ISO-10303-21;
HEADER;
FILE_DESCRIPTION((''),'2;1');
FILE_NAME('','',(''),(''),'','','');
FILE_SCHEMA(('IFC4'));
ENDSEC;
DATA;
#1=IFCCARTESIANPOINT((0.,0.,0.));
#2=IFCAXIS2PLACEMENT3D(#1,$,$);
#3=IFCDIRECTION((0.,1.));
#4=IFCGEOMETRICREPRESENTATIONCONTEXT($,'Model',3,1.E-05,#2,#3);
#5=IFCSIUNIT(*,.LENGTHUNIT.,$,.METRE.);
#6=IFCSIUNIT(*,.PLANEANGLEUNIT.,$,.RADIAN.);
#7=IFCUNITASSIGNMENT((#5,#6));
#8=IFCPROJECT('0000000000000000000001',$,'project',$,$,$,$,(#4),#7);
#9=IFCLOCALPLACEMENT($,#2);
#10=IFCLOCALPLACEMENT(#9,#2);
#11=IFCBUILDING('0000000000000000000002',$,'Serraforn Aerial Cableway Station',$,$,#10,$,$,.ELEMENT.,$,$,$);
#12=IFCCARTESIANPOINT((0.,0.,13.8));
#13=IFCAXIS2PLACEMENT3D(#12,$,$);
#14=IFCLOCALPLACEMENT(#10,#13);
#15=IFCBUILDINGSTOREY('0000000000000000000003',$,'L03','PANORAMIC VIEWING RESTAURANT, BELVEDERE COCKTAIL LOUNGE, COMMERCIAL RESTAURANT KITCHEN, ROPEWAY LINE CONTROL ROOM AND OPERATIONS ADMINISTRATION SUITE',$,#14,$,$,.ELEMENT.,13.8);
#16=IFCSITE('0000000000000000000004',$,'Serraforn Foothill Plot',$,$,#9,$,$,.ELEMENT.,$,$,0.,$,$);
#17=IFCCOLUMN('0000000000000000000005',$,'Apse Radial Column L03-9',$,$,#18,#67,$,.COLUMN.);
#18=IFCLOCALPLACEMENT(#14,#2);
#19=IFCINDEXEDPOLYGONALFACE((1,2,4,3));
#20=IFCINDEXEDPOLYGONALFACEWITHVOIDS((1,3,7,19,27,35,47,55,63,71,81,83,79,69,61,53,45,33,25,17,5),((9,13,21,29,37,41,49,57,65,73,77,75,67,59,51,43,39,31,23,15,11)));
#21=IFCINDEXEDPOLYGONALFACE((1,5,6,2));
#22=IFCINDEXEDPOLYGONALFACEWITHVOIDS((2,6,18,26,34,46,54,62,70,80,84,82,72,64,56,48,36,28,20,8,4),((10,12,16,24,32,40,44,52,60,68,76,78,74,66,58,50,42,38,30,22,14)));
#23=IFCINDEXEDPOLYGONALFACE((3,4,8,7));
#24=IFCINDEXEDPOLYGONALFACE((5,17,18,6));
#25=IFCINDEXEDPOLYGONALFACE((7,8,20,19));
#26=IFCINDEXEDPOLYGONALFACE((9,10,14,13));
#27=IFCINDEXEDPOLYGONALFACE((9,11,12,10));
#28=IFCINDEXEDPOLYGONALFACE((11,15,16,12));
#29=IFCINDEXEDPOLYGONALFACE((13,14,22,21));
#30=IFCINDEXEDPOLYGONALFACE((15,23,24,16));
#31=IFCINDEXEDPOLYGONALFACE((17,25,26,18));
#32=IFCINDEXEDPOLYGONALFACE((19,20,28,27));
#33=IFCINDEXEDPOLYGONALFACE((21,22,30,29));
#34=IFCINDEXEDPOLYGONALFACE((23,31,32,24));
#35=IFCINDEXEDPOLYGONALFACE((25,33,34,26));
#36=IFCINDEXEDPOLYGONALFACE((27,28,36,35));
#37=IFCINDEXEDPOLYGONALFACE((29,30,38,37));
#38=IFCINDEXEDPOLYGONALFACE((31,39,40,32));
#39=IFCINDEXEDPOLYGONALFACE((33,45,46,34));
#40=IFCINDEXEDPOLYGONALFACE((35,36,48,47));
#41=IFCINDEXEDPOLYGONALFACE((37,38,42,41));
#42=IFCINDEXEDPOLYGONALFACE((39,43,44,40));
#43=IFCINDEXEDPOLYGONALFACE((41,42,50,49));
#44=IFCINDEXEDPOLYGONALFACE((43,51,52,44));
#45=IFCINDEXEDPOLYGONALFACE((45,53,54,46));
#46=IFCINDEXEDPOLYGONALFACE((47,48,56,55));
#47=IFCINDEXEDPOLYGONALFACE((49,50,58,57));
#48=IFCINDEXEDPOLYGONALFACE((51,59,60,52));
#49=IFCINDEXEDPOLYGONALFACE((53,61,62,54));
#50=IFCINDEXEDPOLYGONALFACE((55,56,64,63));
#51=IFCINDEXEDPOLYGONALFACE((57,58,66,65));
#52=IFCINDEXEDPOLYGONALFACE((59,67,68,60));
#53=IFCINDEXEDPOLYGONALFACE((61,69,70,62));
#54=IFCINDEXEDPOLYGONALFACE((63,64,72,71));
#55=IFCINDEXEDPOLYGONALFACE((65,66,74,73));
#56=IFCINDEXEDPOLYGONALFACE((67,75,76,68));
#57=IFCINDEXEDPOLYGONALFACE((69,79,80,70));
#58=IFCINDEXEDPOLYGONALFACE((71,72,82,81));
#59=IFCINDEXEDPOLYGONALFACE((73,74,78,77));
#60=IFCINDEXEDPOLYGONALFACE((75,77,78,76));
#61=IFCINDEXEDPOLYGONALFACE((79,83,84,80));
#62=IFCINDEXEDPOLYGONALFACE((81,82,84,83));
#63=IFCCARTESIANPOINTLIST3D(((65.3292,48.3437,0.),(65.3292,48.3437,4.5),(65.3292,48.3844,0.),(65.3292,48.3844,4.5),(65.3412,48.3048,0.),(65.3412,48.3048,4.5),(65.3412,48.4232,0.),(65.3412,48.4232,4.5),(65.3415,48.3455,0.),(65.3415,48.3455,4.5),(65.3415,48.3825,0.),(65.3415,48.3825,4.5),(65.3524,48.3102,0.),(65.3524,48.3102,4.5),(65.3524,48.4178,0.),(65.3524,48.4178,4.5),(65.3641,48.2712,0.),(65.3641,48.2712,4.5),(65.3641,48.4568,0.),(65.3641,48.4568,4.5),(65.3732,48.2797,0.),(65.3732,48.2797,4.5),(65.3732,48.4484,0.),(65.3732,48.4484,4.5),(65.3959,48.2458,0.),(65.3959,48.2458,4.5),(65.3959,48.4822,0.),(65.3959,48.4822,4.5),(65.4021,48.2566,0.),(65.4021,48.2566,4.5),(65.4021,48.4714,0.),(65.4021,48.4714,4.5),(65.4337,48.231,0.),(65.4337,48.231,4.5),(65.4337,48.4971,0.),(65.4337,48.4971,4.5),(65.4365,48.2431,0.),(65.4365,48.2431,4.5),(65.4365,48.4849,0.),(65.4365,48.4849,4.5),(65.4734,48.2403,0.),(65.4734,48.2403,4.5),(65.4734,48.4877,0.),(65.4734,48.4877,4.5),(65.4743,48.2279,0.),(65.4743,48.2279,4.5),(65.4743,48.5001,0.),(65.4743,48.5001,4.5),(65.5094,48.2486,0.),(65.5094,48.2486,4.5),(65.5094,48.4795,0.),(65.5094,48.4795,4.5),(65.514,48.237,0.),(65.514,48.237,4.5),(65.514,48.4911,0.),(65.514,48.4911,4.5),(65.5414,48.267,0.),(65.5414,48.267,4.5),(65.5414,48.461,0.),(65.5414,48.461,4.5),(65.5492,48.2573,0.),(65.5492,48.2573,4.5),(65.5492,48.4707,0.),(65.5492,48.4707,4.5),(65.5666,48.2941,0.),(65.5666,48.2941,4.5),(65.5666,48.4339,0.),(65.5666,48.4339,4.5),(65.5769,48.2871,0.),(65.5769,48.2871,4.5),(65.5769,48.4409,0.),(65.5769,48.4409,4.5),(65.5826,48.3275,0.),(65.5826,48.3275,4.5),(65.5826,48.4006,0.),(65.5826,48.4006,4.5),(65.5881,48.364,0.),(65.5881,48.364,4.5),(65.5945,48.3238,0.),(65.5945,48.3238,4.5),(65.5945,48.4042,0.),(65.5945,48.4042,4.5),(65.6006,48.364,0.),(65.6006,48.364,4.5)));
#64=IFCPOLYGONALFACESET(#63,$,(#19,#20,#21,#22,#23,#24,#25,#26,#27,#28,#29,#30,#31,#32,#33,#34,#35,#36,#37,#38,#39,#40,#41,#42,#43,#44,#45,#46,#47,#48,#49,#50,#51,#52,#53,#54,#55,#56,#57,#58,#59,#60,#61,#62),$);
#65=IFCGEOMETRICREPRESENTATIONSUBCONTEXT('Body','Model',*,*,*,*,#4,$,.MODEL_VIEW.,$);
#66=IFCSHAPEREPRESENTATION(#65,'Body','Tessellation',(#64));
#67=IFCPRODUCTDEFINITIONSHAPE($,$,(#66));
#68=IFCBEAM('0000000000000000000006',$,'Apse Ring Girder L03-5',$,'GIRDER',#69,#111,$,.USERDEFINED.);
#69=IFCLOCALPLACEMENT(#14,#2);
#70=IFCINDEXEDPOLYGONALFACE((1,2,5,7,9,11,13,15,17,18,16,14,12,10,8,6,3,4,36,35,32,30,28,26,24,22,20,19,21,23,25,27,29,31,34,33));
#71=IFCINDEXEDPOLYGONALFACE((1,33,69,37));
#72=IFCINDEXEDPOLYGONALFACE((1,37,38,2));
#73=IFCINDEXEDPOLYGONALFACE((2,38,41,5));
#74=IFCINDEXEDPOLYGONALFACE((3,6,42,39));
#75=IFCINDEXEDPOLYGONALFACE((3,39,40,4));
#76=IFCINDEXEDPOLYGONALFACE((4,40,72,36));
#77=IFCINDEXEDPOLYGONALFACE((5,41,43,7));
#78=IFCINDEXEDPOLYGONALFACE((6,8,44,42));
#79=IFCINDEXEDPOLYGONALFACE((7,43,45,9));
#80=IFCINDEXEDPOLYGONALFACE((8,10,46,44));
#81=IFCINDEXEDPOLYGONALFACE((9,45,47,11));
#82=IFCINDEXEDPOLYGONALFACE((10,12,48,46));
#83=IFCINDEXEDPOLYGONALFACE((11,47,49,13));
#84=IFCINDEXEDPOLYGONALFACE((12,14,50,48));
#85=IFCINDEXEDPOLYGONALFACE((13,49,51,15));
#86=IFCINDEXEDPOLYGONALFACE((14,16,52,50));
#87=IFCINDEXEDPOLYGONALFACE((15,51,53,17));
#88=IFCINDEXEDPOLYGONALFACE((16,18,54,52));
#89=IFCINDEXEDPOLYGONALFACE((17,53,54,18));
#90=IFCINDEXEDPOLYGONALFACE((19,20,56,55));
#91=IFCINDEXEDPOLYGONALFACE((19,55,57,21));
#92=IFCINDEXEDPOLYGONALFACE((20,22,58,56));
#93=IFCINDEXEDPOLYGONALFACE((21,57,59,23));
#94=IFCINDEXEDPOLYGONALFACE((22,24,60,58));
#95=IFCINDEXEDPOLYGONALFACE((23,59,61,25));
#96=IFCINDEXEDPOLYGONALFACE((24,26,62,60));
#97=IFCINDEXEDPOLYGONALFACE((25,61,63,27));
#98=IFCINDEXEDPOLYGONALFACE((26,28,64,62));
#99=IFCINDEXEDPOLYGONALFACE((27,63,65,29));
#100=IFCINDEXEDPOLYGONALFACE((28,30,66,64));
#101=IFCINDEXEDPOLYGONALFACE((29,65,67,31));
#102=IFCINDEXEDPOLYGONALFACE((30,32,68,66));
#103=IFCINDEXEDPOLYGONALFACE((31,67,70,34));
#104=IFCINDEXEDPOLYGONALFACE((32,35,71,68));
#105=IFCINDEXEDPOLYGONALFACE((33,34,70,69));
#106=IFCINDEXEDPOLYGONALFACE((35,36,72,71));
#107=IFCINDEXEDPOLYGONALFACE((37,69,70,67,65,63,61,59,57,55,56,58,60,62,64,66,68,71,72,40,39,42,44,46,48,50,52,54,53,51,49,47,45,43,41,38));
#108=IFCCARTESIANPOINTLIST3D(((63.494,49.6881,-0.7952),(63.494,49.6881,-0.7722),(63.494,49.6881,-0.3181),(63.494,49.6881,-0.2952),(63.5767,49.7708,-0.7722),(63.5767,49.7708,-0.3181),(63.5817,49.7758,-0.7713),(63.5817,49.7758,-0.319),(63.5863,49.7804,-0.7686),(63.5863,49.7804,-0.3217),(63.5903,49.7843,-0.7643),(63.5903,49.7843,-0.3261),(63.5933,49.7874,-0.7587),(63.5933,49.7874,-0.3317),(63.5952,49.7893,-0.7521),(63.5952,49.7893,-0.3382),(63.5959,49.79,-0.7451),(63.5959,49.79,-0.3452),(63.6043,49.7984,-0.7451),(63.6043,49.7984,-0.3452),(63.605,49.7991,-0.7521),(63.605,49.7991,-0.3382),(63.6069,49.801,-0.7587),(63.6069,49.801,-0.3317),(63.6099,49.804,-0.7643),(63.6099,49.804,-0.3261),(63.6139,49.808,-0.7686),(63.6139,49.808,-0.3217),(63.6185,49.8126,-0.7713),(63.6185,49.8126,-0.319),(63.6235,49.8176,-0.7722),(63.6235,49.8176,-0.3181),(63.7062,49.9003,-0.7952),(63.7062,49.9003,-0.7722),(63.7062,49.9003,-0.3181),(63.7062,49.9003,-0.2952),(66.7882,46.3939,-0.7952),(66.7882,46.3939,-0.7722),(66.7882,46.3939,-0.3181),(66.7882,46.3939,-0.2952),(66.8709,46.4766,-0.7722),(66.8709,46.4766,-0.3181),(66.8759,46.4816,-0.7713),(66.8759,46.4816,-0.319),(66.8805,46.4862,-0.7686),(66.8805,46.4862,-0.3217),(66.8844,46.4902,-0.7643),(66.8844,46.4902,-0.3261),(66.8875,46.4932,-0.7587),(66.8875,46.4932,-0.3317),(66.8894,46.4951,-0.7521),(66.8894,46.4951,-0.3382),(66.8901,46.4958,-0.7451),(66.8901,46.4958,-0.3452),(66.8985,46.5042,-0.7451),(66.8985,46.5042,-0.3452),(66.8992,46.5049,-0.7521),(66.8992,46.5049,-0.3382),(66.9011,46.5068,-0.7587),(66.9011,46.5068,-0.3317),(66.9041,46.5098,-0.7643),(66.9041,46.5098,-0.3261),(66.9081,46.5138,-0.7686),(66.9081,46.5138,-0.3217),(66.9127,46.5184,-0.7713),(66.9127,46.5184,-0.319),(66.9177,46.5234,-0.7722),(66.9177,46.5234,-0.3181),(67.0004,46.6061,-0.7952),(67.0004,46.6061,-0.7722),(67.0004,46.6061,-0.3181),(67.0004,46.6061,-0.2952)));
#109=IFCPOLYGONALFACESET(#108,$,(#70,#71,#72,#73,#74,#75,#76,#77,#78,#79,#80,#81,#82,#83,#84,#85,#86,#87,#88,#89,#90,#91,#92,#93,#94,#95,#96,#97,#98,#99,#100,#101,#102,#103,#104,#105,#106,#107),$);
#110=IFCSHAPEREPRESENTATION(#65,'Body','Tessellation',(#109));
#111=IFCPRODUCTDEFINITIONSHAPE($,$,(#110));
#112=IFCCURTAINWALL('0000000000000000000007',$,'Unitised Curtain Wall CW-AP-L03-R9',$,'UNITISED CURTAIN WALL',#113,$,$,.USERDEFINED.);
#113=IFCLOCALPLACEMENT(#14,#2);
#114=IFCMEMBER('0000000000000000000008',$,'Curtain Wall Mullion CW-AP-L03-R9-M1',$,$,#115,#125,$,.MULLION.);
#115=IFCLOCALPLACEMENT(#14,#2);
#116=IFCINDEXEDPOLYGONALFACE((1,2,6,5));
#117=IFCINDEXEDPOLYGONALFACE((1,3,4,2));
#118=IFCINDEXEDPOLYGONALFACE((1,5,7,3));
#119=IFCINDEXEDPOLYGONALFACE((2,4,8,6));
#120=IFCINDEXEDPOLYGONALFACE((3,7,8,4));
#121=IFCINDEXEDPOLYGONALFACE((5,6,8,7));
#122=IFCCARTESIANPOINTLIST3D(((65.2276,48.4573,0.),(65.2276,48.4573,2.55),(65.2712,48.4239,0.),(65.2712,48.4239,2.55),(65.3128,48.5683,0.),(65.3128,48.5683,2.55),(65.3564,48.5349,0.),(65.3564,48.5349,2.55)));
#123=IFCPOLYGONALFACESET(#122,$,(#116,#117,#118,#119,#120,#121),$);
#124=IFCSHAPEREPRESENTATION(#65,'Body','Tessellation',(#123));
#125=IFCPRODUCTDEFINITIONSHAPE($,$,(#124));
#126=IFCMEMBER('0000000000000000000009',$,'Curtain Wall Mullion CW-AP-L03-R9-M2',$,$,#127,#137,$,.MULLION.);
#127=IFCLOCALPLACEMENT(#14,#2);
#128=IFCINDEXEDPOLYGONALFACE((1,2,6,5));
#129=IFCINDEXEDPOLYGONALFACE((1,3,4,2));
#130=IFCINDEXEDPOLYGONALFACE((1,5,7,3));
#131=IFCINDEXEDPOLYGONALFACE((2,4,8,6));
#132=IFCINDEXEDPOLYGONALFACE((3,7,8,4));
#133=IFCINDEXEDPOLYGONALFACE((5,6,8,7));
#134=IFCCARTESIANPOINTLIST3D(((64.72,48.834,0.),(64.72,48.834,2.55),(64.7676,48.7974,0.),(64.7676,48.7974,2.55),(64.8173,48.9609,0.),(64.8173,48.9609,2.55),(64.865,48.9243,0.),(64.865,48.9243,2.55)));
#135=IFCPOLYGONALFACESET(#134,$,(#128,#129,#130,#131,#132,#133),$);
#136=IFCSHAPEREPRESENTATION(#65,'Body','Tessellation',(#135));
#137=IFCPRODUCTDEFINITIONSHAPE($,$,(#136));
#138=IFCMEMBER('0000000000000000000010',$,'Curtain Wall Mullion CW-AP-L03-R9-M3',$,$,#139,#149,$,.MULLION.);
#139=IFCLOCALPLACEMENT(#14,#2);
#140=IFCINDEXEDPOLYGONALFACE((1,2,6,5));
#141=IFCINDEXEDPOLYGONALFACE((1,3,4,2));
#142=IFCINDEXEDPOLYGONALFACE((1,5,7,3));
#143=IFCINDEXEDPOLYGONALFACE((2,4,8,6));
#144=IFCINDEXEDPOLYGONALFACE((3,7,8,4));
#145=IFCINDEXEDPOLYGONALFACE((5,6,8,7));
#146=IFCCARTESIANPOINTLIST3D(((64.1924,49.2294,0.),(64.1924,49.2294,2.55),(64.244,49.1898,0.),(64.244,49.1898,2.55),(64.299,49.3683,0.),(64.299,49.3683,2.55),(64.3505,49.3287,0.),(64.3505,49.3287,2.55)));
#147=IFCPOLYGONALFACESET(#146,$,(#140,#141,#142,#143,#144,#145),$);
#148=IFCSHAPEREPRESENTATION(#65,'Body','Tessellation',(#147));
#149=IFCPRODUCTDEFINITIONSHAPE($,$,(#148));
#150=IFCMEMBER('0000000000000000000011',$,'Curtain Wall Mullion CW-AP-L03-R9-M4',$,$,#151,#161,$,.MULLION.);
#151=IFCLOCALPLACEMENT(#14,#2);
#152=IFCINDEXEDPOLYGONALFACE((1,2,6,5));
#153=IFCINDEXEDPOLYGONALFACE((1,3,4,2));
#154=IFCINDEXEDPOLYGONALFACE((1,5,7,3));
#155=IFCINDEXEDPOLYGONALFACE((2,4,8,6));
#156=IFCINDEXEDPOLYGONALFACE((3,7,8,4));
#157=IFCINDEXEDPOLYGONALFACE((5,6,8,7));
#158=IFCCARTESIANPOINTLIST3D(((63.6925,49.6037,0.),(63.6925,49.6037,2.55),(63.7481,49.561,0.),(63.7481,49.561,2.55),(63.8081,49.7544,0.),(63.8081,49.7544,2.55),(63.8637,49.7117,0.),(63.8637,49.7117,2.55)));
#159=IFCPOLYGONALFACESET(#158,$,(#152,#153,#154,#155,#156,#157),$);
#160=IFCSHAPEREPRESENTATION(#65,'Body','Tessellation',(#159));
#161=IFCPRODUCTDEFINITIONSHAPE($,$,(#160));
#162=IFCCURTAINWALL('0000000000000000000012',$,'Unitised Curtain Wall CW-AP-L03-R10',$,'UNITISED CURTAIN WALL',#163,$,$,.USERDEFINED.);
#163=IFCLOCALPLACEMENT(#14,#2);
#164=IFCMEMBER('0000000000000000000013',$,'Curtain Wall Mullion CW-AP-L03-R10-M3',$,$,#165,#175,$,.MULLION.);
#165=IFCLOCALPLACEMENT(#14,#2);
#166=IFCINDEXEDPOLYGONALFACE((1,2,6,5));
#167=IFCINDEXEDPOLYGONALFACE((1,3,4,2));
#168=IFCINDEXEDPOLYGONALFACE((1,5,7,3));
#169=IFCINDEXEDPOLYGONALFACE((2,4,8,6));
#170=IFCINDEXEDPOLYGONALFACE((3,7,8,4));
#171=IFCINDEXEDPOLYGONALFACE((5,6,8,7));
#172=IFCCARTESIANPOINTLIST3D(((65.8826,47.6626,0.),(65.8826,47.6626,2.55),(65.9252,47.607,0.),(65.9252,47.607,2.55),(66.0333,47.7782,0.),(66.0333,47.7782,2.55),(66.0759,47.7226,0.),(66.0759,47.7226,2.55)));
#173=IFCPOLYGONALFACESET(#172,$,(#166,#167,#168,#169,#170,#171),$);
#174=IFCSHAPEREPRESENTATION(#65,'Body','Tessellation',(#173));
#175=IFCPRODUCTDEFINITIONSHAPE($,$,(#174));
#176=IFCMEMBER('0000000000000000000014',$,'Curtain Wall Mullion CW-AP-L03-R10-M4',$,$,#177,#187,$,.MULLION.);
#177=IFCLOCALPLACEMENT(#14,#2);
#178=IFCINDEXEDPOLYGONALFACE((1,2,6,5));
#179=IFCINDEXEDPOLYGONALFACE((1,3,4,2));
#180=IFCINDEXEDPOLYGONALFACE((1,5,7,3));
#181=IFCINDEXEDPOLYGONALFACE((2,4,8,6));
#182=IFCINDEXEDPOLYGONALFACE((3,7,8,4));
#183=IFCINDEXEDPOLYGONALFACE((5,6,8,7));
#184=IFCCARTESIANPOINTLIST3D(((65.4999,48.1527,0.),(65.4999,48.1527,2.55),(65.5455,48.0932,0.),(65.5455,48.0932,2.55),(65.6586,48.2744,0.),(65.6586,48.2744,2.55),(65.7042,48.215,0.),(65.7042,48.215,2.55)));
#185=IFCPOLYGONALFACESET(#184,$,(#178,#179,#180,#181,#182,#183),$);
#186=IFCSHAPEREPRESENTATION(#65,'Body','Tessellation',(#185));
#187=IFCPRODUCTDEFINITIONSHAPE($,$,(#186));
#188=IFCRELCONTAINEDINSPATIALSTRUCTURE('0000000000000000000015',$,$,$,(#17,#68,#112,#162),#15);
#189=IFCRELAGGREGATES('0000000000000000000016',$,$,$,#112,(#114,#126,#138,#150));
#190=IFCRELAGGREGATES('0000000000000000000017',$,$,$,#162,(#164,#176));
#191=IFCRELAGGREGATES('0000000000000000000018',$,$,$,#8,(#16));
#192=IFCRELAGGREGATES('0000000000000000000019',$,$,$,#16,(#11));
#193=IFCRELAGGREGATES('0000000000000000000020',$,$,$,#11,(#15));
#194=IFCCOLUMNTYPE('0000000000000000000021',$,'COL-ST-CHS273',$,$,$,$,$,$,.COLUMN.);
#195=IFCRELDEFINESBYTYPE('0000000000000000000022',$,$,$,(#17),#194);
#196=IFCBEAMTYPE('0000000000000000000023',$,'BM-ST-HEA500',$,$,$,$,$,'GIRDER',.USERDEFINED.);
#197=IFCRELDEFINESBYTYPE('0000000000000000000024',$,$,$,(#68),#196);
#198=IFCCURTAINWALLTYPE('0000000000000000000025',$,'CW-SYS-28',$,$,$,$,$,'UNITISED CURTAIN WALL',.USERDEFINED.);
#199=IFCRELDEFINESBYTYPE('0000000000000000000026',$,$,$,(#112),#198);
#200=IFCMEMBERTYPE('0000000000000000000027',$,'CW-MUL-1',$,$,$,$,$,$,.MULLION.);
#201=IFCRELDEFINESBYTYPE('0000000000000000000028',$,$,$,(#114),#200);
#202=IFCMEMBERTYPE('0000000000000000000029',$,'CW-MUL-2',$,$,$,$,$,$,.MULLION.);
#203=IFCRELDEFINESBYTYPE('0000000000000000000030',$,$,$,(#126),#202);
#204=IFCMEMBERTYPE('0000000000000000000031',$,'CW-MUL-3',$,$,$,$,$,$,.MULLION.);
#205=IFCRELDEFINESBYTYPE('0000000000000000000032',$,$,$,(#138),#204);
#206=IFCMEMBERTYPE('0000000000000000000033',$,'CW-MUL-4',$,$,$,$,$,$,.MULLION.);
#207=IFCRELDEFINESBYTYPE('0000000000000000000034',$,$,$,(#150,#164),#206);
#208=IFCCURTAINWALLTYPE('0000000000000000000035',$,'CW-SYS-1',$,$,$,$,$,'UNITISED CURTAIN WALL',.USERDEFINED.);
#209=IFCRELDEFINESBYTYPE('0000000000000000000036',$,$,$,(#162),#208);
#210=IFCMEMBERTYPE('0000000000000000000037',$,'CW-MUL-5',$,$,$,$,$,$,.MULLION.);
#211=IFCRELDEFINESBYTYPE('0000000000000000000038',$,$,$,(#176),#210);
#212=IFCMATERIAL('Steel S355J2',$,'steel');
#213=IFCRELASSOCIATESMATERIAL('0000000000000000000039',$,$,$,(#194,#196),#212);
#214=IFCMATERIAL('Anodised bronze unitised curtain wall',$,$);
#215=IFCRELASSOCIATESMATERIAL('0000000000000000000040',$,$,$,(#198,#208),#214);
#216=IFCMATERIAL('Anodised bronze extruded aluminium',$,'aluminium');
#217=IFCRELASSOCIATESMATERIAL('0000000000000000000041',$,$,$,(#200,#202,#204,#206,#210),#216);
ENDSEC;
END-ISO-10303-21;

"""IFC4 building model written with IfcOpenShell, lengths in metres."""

from ifc_helpers import new_model, si_unit, direction, frame, origin, origin_2d, place, context, subcontext, project, spatial, rectangle, hollow_circle, i_section, extrude, material, material_profile, profile_set, type_object, element, aggregate, save


model = new_model("IFC4")

# Units and contexts
model_context = context("Model", 3, precision=1e-05, world=origin(), true_north=direction((0.0, 1.0)))
body_context = subcontext(model_context, "Body", "Model", "MODEL_VIEW")
ifc_project = project(units=[si_unit("LENGTHUNIT", "METRE"), si_unit("PLANEANGLEUNIT", "RADIAN")], contexts=[model_context])

# Site, building, storey
site_placement = place(None, origin())
site = spatial("IfcSite", under=ifc_project, at=site_placement, Name="Serraforn Foothill Plot", CompositionType="ELEMENT", RefElevation=0.0)
building_placement = place(site_placement, origin())
building = spatial("IfcBuilding", under=site, at=building_placement, Name="Serraforn Aerial Cableway Station", CompositionType="ELEMENT")
storey_placement = place(building_placement, frame((0.0, 0.0, 13.8)))
storey = spatial("IfcBuildingStorey", under=building, at=storey_placement, Name="L03", Description="PANORAMIC VIEWING RESTAURANT, BELVEDERE COCKTAIL LOUNGE, COMMERCIAL RESTAURANT KITCHEN, ROPEWAY LINE CONTROL ROOM AND OPERATIONS ADMINISTRATION SUITE", CompositionType="ELEMENT", Elevation=13.8)

# Column
ifc_material_1 = material(Name="Steel S355J2", Category="steel")
ifc_material_profile_1 = material_profile(ifc_material_1, hollow_circle(Radius=0.1365, WallThickness=0.0125, at=origin_2d()), Name="CHS 273.0x12.5")
ifc_profile_set_1 = profile_set([ifc_material_profile_1], Name="Steel S355J2")
column_type = type_object("IfcColumnType", Name="COL-ST-CHS273", PredefinedType="COLUMN", material=ifc_profile_set_1)
column_placement = place(storey_placement, frame((65.4641, 48.364, 0.0), z_axis=(0.0, 0.0, 1.0), x_axis=(1.0, 0.0, 0.0)))
element("IfcColumn", 1, at=column_placement, inside=storey, type_object=column_type, Name="Apse Radial Column L03-9", PredefinedType="COLUMN", context=body_context, shape_type="SweptSolid", body=[
    extrude(hollow_circle(Radius=0.1365, WallThickness=0.0125, at=origin_2d()), origin(), (0.0, 0.0, 1.0), 4.5),
])

# Beam
ifc_material_profile_2 = material_profile(ifc_material_1, i_section(OverallWidth=0.3, OverallDepth=0.5, WebThickness=0.012, FlangeThickness=0.0229, FilletRadius=0.0271, at=origin_2d()), Name="HEA 500")
ifc_profile_set_2 = profile_set([ifc_material_profile_2], Name="Steel S355J2")
beam_type = type_object("IfcBeamType", Name="BM-ST-HEA500", ElementType="GIRDER", PredefinedType="USERDEFINED", material=ifc_profile_set_2)
beam_placement = place(storey_placement, frame((63.6001, 49.7942, -0.5452), z_axis=(0.707107, -0.707107, 0.0), x_axis=(0.707107, 0.707107, 0.0)))
element("IfcBeam", 2, at=beam_placement, inside=storey, type_object=beam_type, Name="Apse Ring Girder L03-5", ObjectType="GIRDER", PredefinedType="USERDEFINED", context=body_context, shape_type="SweptSolid", body=[
    extrude(i_section(OverallWidth=0.3, OverallDepth=0.5, WebThickness=0.012, FlangeThickness=0.0229, FilletRadius=0.0271, at=origin_2d()), origin(), (0.0, 0.0, 1.0), 4.6587),
])

# Curtain walls, members
ifc_material_2 = material(Name="Anodised bronze unitised curtain wall")
curtain_wall_type_1 = type_object("IfcCurtainWallType", Name="CW-SYS-28", ElementType="UNITISED CURTAIN WALL", PredefinedType="USERDEFINED", material=ifc_material_2)
curtain_wall_1_placement = place(storey_placement, origin())
curtain_wall_1 = element("IfcCurtainWall", 3, at=curtain_wall_1_placement, inside=storey, type_object=curtain_wall_type_1, Name="Unitised Curtain Wall CW-AP-L03-R9", ObjectType="UNITISED CURTAIN WALL", PredefinedType="USERDEFINED")
ifc_material_3 = material(Name="Anodised bronze extruded aluminium", Category="aluminium")
ifc_material_profile_3 = material_profile(ifc_material_3, rectangle(XDim=0.0549, YDim=0.1399, at=origin_2d()), Name="CW MULLION 55x140")
ifc_profile_set_3 = profile_set([ifc_material_profile_3], Name="Anodised bronze extruded aluminium")
member_type_1 = type_object("IfcMemberType", Name="CW-MUL-1", PredefinedType="MULLION", material=ifc_profile_set_3)
member_1_placement = place(storey_placement, frame((65.292, 48.4961, 0.0), z_axis=(0.0, 0.0, 1.0), x_axis=(-0.793363, 0.608749, 0.0)))
member_1 = element("IfcMember", 4, at=member_1_placement, type_object=member_type_1, Name="Curtain Wall Mullion CW-AP-L03-R9-M1", PredefinedType="MULLION", context=body_context, shape_type="SweptSolid", body=[
    extrude(rectangle(XDim=0.0549, YDim=0.1399, at=origin_2d()), origin(), (0.0, 0.0, 1.0), 2.55),
])
ifc_material_profile_4 = material_profile(ifc_material_3, rectangle(XDim=0.0601, YDim=0.1599, at=origin_2d()), Name="CW MULLION 60x160")
ifc_profile_set_4 = profile_set([ifc_material_profile_4], Name="Anodised bronze extruded aluminium")
member_type_2 = type_object("IfcMemberType", Name="CW-MUL-2", PredefinedType="MULLION", material=ifc_profile_set_4)
member_2_placement = place(storey_placement, frame((64.7925, 48.8792, 0.0), z_axis=(0.0, 0.0, 1.0), x_axis=(-0.793363, 0.608749, 0.0)))
member_2 = element("IfcMember", 5, at=member_2_placement, type_object=member_type_2, Name="Curtain Wall Mullion CW-AP-L03-R9-M2", PredefinedType="MULLION", context=body_context, shape_type="SweptSolid", body=[
    extrude(rectangle(XDim=0.0601, YDim=0.1599, at=origin_2d()), origin(), (0.0, 0.0, 1.0), 2.55),
])
ifc_material_profile_5 = material_profile(ifc_material_3, rectangle(XDim=0.0649, YDim=0.175, at=origin_2d()), Name="CW MULLION 65x175")
ifc_profile_set_5 = profile_set([ifc_material_profile_5], Name="Anodised bronze extruded aluminium")
member_type_3 = type_object("IfcMemberType", Name="CW-MUL-3", PredefinedType="MULLION", material=ifc_profile_set_5)
member_3_placement = place(storey_placement, frame((64.2715, 49.2791, 0.0), z_axis=(0.0, 0.0, 1.0), x_axis=(-0.793363, 0.608749, 0.0)))
member_3 = element("IfcMember", 6, at=member_3_placement, type_object=member_type_3, Name="Curtain Wall Mullion CW-AP-L03-R9-M3", PredefinedType="MULLION", context=body_context, shape_type="SweptSolid", body=[
    extrude(rectangle(XDim=0.0649, YDim=0.175, at=origin_2d()), origin(), (0.0, 0.0, 1.0), 2.55),
])
ifc_material_profile_6 = material_profile(ifc_material_3, rectangle(XDim=0.0701, YDim=0.1899, at=origin_2d()), Name="CW MULLION 70x190")
ifc_profile_set_6 = profile_set([ifc_material_profile_6], Name="Anodised bronze extruded aluminium")
member_type_4 = type_object("IfcMemberType", Name="CW-MUL-4", PredefinedType="MULLION", material=ifc_profile_set_6)
member_4_placement = place(storey_placement, frame((63.7781, 49.6577, 0.0), z_axis=(0.0, 0.0, 1.0), x_axis=(-0.793363, 0.608749, 0.0)))
member_4 = element("IfcMember", 7, at=member_4_placement, type_object=member_type_4, Name="Curtain Wall Mullion CW-AP-L03-R9-M4", PredefinedType="MULLION", context=body_context, shape_type="SweptSolid", body=[
    extrude(rectangle(XDim=0.0701, YDim=0.1899, at=origin_2d()), origin(), (0.0, 0.0, 1.0), 2.55),
])
curtain_wall_type_2 = type_object("IfcCurtainWallType", Name="CW-SYS-1", ElementType="UNITISED CURTAIN WALL", PredefinedType="USERDEFINED", material=ifc_material_2)
curtain_wall_2_placement = place(storey_placement, origin())
curtain_wall_2 = element("IfcCurtainWall", 8, at=curtain_wall_2_placement, inside=storey, type_object=curtain_wall_type_2, Name="Unitised Curtain Wall CW-AP-L03-R10", ObjectType="UNITISED CURTAIN WALL", PredefinedType="USERDEFINED")
member_5_placement = place(storey_placement, frame((65.9792, 47.6926, 0.0), z_axis=(0.0, 0.0, 1.0), x_axis=(-0.608749, 0.793363, 0.0)))
member_5 = element("IfcMember", 9, at=member_5_placement, type_object=member_type_4, Name="Curtain Wall Mullion CW-AP-L03-R10-M3", PredefinedType="MULLION", context=body_context, shape_type="SweptSolid", body=[
    extrude(rectangle(XDim=0.0701, YDim=0.1899, at=origin_2d()), origin(), (0.0, 0.0, 1.0), 2.55),
])
ifc_material_profile_7 = material_profile(ifc_material_3, rectangle(XDim=0.075, YDim=0.2, at=origin_2d()), Name="CW MULLION 75x200")
ifc_profile_set_7 = profile_set([ifc_material_profile_7], Name="Anodised bronze extruded aluminium")
member_type_5 = type_object("IfcMemberType", Name="CW-MUL-5", PredefinedType="MULLION", material=ifc_profile_set_7)
member_6_placement = place(storey_placement, frame((65.6021, 48.1838, 0.0), z_axis=(0.0, 0.0, 1.0), x_axis=(-0.608749, 0.793363, 0.0)))
member_6 = element("IfcMember", 10, at=member_6_placement, type_object=member_type_5, Name="Curtain Wall Mullion CW-AP-L03-R10-M4", PredefinedType="MULLION", context=body_context, shape_type="SweptSolid", body=[
    extrude(rectangle(XDim=0.075, YDim=0.2, at=origin_2d()), origin(), (0.0, 0.0, 1.0), 2.55),
])

aggregate(curtain_wall_1, [member_1, member_2, member_3, member_4])
aggregate(curtain_wall_2, [member_5, member_6])

save(model, "model.ifc")
